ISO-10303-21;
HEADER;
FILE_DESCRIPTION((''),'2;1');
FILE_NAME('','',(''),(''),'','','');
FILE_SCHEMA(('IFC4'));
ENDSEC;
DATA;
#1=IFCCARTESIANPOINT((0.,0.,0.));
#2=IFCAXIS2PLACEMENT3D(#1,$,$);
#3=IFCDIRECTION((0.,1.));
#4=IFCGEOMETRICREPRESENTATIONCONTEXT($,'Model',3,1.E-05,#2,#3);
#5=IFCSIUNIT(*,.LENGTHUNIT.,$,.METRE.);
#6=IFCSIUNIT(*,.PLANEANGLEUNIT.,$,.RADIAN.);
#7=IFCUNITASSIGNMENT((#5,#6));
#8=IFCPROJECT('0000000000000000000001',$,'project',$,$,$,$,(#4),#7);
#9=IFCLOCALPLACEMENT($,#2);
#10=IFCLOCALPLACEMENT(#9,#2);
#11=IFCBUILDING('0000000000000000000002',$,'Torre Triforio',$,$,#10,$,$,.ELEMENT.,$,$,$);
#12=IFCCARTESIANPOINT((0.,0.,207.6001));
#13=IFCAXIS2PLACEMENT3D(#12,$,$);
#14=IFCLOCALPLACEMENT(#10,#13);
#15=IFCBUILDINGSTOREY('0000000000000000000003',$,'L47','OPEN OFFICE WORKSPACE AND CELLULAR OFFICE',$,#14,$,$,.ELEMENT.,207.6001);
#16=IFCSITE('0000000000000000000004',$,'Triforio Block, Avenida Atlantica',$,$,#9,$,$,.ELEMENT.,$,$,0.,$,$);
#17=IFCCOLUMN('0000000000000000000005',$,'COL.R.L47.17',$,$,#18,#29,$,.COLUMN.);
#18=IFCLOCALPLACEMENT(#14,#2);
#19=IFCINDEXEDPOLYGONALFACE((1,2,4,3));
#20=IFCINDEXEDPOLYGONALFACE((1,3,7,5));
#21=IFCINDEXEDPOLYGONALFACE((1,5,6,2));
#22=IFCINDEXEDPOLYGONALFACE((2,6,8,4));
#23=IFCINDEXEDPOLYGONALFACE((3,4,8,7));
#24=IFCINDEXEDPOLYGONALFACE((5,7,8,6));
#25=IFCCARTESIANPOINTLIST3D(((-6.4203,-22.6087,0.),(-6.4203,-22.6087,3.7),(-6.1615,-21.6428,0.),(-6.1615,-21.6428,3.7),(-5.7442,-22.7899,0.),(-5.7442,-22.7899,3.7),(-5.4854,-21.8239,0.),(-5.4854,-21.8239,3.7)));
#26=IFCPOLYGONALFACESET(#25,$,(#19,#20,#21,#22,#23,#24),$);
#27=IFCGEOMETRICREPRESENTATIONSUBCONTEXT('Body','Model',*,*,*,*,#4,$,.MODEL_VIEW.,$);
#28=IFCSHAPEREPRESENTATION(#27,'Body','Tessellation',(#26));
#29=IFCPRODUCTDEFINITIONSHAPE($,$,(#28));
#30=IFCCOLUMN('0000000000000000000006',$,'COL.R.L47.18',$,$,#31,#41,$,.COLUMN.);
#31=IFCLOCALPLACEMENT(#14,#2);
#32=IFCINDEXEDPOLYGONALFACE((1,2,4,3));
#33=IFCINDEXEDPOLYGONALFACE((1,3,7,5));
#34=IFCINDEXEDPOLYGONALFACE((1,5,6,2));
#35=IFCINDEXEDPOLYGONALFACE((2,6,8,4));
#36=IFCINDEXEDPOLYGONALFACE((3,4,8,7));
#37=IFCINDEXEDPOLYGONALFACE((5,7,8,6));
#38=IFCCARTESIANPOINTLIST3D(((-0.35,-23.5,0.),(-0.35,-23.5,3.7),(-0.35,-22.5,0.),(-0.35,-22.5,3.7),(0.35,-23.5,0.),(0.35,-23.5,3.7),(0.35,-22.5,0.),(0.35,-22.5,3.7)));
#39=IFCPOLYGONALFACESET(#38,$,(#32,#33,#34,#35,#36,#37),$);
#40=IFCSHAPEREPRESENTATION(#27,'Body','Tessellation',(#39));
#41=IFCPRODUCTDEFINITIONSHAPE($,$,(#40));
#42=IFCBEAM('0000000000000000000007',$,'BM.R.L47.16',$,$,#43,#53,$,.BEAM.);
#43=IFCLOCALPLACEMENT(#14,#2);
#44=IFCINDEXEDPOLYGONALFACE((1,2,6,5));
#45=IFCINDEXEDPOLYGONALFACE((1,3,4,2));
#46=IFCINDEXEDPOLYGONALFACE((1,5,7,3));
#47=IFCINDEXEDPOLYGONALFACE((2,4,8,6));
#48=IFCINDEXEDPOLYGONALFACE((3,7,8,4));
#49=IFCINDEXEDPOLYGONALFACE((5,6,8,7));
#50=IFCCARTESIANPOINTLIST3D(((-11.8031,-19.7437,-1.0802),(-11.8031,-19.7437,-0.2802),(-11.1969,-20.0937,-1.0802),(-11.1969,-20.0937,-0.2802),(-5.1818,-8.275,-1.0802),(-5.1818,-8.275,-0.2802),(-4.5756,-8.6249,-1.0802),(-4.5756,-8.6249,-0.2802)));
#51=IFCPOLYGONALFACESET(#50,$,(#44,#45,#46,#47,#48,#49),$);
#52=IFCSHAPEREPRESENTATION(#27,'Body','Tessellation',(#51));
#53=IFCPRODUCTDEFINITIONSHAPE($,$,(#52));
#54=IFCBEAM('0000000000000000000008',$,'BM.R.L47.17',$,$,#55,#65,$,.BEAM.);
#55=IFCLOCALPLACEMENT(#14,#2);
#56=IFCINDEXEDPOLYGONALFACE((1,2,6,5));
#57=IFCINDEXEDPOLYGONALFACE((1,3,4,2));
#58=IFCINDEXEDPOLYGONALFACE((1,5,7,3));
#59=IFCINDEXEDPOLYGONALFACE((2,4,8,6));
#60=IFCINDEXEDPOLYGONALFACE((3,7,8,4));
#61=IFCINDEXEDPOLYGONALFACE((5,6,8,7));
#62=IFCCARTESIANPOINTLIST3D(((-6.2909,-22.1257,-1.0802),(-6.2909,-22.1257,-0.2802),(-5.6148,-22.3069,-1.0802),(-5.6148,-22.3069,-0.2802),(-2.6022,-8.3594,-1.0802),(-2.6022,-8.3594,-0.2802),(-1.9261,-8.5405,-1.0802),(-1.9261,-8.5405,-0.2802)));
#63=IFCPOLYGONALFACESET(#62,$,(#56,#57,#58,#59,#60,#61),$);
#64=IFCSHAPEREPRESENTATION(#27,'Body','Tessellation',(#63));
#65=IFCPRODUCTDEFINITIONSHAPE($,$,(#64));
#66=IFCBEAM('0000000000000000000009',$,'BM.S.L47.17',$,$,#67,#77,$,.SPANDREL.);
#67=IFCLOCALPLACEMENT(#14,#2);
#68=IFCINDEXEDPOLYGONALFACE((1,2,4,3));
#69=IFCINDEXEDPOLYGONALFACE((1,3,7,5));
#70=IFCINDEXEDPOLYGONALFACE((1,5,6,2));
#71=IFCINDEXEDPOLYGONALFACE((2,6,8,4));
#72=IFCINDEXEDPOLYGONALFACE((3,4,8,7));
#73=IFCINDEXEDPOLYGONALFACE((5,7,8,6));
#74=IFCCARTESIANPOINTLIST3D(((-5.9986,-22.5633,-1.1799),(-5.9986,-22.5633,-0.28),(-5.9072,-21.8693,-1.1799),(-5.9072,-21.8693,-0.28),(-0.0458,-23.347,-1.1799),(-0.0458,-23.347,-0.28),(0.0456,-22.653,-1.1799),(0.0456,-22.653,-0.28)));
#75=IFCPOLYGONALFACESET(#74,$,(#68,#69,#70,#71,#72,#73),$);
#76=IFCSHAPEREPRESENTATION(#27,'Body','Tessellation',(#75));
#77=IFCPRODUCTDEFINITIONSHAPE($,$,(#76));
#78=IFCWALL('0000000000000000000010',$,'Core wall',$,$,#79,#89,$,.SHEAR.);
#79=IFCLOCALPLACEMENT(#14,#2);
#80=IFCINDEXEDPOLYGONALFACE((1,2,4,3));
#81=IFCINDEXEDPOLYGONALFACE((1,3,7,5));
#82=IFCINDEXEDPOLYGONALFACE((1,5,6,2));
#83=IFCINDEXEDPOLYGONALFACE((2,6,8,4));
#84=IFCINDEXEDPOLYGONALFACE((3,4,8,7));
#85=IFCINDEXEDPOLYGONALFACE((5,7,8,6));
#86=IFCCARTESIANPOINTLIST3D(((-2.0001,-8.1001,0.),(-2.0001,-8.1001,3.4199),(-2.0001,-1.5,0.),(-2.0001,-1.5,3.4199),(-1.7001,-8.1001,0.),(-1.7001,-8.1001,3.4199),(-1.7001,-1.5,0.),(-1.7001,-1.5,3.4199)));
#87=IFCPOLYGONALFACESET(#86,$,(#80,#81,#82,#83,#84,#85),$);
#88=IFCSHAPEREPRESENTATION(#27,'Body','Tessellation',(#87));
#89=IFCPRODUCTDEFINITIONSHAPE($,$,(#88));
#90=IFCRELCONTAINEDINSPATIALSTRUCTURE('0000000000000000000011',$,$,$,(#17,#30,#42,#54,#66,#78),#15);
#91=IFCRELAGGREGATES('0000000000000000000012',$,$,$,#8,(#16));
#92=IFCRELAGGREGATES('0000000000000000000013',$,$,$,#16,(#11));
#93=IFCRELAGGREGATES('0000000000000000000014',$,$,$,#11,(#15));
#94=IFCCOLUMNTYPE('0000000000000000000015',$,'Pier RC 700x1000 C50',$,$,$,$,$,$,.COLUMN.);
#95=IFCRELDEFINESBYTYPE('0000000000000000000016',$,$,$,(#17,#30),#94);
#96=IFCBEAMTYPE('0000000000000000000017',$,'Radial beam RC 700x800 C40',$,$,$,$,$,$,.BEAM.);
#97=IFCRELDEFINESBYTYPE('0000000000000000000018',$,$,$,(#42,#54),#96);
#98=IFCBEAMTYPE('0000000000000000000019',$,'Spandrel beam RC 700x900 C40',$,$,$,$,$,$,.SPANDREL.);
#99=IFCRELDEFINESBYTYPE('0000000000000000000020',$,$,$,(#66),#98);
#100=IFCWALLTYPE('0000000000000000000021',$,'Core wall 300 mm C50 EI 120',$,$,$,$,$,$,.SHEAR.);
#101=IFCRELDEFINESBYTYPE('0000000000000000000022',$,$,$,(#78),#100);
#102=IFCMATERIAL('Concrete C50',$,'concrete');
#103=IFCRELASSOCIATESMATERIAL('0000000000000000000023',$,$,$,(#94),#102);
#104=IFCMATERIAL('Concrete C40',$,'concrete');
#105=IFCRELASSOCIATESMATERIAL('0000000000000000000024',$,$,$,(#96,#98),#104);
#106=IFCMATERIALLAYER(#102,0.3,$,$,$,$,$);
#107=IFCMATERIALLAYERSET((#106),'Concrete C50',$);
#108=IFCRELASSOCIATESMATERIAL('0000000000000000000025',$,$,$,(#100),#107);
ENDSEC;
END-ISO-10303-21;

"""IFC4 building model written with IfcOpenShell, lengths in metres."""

from ifc_helpers import new_model, si_unit, direction, frame, frame_2d, origin, origin_2d, place, context, subcontext, project, spatial, rectangle, extrude, material, layer, layer_set, material_profile, profile_set, type_object, element, save


model = new_model("IFC4")

# Units and contexts
model_context = context("Model", 3, precision=1e-05, world=origin(), true_north=direction((0.0, 1.0)))
body_context = subcontext(model_context, "Body", "Model", "MODEL_VIEW")
ifc_project = project(units=[si_unit("LENGTHUNIT", "METRE"), si_unit("PLANEANGLEUNIT", "RADIAN")], contexts=[model_context])

# Site, building, storey
site_placement = place(None, origin())
site = spatial("IfcSite", under=ifc_project, at=site_placement, Name="Triforio Block, Avenida Atlantica", CompositionType="ELEMENT", RefElevation=0.0)
building_placement = place(site_placement, origin())
building = spatial("IfcBuilding", under=site, at=building_placement, Name="Torre Triforio", CompositionType="ELEMENT")
storey_placement = place(building_placement, frame((0.0, 0.0, 207.6001)))
storey = spatial("IfcBuildingStorey", under=building, at=storey_placement, Name="L47", Description="OPEN OFFICE WORKSPACE AND CELLULAR OFFICE", CompositionType="ELEMENT", Elevation=207.6001)

# Columns
ifc_material_1 = material(Name="Concrete C50", Category="concrete")
ifc_material_profile_1 = material_profile(ifc_material_1, rectangle(XDim=0.7, YDim=1.0, at=origin_2d()), Name="RC 700x1000")
ifc_profile_set_1 = profile_set([ifc_material_profile_1], Name="Concrete C50")
column_type = type_object("IfcColumnType", Name="Pier RC 700x1000 C50", PredefinedType="COLUMN", material=ifc_profile_set_1)
for number, where, z_axis, x_axis, name in (
    (1, (-5.9529, -22.2163, 0.0), (0.0, 0.0, 1.0), (0.965926, -0.258819, 0.0), "COL.R.L47.17"),
    (2, (0.0, -23.0, 0.0), (0.0, 0.0, 1.0), (1.0, 0.0, 0.0), "COL.R.L47.18"),
):
    element("IfcColumn", number, at=place(storey_placement, frame(where, z_axis=z_axis, x_axis=x_axis)), inside=storey, type_object=column_type, Name=name, PredefinedType="COLUMN", context=body_context, shape_type="SweptSolid", body=[
        extrude(rectangle(XDim=0.7, YDim=1.0, at=origin_2d()), origin(), (0.0, 0.0, 1.0), 3.7),
    ])

# Beams
ifc_material_2 = material(Name="Concrete C40", Category="concrete")
ifc_material_profile_2 = material_profile(ifc_material_2, rectangle(XDim=0.7, YDim=0.8, at=origin_2d()), Name="RC 700x800")
ifc_profile_set_2 = profile_set([ifc_material_profile_2], Name="Concrete C40")
beam_type_1 = type_object("IfcBeamType", Name="Radial beam RC 700x800 C40", PredefinedType="BEAM", material=ifc_profile_set_2)
beam_1_placement = place(storey_placement, frame((-4.8787, -8.45, -0.6802), z_axis=(-0.499992, -0.86603, 0.0), x_axis=(0.86603, -0.499992, 0.0)))
element("IfcBeam", 3, at=beam_1_placement, inside=storey, type_object=beam_type_1, Name="BM.R.L47.16", PredefinedType="BEAM", context=body_context, shape_type="SweptSolid", body=[
    extrude(rectangle(XDim=0.7, YDim=0.8, at=origin_2d()), origin(), (0.0, 0.0, 1.0), 13.2429),
])
beam_2_placement = place(storey_placement, frame((-2.2642, -8.45, -0.6802), z_axis=(-0.258821, -0.965925, 0.0), x_axis=(0.965925, -0.258821, 0.0)))
element("IfcBeam", 4, at=beam_2_placement, inside=storey, type_object=beam_type_1, Name="BM.R.L47.17", PredefinedType="BEAM", context=body_context, shape_type="SweptSolid", body=[
    extrude(rectangle(XDim=0.7, YDim=0.8, at=origin_2d()), origin(), (0.0, 0.0, 1.0), 14.252),
])
ifc_material_profile_3 = material_profile(ifc_material_2, rectangle(XDim=0.7, YDim=0.8999, at=origin_2d()), Name="RC 700x900")
ifc_profile_set_3 = profile_set([ifc_material_profile_3], Name="Concrete C40")
beam_type_2 = type_object("IfcBeamType", Name="Spandrel beam RC 700x900 C40", PredefinedType="SPANDREL", material=ifc_profile_set_3)
beam_3_placement = place(storey_placement, frame((-5.9529, -22.2163, -0.73), z_axis=(0.991445, -0.130523, 0.0), x_axis=(0.130523, 0.991445, 0.0)))
element("IfcBeam", 5, at=beam_3_placement, inside=storey, type_object=beam_type_2, Name="BM.S.L47.17", PredefinedType="SPANDREL", context=body_context, shape_type="SweptSolid", body=[
    extrude(rectangle(XDim=0.7, YDim=0.8999, at=origin_2d()), origin(), (0.0, 0.0, 1.0), 6.0042),
])

# Wall
ifc_layer_1 = layer(ifc_material_1, 0.3)
ifc_layer_set_1 = layer_set([ifc_layer_1], Name="Concrete C50")
wall_type_1 = type_object("IfcWallType", Name="Core wall 300 mm C50 EI 120", PredefinedType="SHEAR", material=ifc_layer_set_1)
wall_1_placement = place(storey_placement, frame((-1.8501, -8.1001, 0.0), z_axis=(0.0, 0.0, 1.0), x_axis=(0.0, 1.0, 0.0)))
element("IfcWall", 6, at=wall_1_placement, inside=storey, type_object=wall_type_1, Name="Core wall", PredefinedType="SHEAR", context=body_context, shape_type="SweptSolid", body=[
    extrude(rectangle(XDim=6.6001, YDim=0.3, at=frame_2d((3.3, 0.0))), origin(), (0.0, 0.0, 1.0), 3.4199),
])

save(model, "model.ifc")
